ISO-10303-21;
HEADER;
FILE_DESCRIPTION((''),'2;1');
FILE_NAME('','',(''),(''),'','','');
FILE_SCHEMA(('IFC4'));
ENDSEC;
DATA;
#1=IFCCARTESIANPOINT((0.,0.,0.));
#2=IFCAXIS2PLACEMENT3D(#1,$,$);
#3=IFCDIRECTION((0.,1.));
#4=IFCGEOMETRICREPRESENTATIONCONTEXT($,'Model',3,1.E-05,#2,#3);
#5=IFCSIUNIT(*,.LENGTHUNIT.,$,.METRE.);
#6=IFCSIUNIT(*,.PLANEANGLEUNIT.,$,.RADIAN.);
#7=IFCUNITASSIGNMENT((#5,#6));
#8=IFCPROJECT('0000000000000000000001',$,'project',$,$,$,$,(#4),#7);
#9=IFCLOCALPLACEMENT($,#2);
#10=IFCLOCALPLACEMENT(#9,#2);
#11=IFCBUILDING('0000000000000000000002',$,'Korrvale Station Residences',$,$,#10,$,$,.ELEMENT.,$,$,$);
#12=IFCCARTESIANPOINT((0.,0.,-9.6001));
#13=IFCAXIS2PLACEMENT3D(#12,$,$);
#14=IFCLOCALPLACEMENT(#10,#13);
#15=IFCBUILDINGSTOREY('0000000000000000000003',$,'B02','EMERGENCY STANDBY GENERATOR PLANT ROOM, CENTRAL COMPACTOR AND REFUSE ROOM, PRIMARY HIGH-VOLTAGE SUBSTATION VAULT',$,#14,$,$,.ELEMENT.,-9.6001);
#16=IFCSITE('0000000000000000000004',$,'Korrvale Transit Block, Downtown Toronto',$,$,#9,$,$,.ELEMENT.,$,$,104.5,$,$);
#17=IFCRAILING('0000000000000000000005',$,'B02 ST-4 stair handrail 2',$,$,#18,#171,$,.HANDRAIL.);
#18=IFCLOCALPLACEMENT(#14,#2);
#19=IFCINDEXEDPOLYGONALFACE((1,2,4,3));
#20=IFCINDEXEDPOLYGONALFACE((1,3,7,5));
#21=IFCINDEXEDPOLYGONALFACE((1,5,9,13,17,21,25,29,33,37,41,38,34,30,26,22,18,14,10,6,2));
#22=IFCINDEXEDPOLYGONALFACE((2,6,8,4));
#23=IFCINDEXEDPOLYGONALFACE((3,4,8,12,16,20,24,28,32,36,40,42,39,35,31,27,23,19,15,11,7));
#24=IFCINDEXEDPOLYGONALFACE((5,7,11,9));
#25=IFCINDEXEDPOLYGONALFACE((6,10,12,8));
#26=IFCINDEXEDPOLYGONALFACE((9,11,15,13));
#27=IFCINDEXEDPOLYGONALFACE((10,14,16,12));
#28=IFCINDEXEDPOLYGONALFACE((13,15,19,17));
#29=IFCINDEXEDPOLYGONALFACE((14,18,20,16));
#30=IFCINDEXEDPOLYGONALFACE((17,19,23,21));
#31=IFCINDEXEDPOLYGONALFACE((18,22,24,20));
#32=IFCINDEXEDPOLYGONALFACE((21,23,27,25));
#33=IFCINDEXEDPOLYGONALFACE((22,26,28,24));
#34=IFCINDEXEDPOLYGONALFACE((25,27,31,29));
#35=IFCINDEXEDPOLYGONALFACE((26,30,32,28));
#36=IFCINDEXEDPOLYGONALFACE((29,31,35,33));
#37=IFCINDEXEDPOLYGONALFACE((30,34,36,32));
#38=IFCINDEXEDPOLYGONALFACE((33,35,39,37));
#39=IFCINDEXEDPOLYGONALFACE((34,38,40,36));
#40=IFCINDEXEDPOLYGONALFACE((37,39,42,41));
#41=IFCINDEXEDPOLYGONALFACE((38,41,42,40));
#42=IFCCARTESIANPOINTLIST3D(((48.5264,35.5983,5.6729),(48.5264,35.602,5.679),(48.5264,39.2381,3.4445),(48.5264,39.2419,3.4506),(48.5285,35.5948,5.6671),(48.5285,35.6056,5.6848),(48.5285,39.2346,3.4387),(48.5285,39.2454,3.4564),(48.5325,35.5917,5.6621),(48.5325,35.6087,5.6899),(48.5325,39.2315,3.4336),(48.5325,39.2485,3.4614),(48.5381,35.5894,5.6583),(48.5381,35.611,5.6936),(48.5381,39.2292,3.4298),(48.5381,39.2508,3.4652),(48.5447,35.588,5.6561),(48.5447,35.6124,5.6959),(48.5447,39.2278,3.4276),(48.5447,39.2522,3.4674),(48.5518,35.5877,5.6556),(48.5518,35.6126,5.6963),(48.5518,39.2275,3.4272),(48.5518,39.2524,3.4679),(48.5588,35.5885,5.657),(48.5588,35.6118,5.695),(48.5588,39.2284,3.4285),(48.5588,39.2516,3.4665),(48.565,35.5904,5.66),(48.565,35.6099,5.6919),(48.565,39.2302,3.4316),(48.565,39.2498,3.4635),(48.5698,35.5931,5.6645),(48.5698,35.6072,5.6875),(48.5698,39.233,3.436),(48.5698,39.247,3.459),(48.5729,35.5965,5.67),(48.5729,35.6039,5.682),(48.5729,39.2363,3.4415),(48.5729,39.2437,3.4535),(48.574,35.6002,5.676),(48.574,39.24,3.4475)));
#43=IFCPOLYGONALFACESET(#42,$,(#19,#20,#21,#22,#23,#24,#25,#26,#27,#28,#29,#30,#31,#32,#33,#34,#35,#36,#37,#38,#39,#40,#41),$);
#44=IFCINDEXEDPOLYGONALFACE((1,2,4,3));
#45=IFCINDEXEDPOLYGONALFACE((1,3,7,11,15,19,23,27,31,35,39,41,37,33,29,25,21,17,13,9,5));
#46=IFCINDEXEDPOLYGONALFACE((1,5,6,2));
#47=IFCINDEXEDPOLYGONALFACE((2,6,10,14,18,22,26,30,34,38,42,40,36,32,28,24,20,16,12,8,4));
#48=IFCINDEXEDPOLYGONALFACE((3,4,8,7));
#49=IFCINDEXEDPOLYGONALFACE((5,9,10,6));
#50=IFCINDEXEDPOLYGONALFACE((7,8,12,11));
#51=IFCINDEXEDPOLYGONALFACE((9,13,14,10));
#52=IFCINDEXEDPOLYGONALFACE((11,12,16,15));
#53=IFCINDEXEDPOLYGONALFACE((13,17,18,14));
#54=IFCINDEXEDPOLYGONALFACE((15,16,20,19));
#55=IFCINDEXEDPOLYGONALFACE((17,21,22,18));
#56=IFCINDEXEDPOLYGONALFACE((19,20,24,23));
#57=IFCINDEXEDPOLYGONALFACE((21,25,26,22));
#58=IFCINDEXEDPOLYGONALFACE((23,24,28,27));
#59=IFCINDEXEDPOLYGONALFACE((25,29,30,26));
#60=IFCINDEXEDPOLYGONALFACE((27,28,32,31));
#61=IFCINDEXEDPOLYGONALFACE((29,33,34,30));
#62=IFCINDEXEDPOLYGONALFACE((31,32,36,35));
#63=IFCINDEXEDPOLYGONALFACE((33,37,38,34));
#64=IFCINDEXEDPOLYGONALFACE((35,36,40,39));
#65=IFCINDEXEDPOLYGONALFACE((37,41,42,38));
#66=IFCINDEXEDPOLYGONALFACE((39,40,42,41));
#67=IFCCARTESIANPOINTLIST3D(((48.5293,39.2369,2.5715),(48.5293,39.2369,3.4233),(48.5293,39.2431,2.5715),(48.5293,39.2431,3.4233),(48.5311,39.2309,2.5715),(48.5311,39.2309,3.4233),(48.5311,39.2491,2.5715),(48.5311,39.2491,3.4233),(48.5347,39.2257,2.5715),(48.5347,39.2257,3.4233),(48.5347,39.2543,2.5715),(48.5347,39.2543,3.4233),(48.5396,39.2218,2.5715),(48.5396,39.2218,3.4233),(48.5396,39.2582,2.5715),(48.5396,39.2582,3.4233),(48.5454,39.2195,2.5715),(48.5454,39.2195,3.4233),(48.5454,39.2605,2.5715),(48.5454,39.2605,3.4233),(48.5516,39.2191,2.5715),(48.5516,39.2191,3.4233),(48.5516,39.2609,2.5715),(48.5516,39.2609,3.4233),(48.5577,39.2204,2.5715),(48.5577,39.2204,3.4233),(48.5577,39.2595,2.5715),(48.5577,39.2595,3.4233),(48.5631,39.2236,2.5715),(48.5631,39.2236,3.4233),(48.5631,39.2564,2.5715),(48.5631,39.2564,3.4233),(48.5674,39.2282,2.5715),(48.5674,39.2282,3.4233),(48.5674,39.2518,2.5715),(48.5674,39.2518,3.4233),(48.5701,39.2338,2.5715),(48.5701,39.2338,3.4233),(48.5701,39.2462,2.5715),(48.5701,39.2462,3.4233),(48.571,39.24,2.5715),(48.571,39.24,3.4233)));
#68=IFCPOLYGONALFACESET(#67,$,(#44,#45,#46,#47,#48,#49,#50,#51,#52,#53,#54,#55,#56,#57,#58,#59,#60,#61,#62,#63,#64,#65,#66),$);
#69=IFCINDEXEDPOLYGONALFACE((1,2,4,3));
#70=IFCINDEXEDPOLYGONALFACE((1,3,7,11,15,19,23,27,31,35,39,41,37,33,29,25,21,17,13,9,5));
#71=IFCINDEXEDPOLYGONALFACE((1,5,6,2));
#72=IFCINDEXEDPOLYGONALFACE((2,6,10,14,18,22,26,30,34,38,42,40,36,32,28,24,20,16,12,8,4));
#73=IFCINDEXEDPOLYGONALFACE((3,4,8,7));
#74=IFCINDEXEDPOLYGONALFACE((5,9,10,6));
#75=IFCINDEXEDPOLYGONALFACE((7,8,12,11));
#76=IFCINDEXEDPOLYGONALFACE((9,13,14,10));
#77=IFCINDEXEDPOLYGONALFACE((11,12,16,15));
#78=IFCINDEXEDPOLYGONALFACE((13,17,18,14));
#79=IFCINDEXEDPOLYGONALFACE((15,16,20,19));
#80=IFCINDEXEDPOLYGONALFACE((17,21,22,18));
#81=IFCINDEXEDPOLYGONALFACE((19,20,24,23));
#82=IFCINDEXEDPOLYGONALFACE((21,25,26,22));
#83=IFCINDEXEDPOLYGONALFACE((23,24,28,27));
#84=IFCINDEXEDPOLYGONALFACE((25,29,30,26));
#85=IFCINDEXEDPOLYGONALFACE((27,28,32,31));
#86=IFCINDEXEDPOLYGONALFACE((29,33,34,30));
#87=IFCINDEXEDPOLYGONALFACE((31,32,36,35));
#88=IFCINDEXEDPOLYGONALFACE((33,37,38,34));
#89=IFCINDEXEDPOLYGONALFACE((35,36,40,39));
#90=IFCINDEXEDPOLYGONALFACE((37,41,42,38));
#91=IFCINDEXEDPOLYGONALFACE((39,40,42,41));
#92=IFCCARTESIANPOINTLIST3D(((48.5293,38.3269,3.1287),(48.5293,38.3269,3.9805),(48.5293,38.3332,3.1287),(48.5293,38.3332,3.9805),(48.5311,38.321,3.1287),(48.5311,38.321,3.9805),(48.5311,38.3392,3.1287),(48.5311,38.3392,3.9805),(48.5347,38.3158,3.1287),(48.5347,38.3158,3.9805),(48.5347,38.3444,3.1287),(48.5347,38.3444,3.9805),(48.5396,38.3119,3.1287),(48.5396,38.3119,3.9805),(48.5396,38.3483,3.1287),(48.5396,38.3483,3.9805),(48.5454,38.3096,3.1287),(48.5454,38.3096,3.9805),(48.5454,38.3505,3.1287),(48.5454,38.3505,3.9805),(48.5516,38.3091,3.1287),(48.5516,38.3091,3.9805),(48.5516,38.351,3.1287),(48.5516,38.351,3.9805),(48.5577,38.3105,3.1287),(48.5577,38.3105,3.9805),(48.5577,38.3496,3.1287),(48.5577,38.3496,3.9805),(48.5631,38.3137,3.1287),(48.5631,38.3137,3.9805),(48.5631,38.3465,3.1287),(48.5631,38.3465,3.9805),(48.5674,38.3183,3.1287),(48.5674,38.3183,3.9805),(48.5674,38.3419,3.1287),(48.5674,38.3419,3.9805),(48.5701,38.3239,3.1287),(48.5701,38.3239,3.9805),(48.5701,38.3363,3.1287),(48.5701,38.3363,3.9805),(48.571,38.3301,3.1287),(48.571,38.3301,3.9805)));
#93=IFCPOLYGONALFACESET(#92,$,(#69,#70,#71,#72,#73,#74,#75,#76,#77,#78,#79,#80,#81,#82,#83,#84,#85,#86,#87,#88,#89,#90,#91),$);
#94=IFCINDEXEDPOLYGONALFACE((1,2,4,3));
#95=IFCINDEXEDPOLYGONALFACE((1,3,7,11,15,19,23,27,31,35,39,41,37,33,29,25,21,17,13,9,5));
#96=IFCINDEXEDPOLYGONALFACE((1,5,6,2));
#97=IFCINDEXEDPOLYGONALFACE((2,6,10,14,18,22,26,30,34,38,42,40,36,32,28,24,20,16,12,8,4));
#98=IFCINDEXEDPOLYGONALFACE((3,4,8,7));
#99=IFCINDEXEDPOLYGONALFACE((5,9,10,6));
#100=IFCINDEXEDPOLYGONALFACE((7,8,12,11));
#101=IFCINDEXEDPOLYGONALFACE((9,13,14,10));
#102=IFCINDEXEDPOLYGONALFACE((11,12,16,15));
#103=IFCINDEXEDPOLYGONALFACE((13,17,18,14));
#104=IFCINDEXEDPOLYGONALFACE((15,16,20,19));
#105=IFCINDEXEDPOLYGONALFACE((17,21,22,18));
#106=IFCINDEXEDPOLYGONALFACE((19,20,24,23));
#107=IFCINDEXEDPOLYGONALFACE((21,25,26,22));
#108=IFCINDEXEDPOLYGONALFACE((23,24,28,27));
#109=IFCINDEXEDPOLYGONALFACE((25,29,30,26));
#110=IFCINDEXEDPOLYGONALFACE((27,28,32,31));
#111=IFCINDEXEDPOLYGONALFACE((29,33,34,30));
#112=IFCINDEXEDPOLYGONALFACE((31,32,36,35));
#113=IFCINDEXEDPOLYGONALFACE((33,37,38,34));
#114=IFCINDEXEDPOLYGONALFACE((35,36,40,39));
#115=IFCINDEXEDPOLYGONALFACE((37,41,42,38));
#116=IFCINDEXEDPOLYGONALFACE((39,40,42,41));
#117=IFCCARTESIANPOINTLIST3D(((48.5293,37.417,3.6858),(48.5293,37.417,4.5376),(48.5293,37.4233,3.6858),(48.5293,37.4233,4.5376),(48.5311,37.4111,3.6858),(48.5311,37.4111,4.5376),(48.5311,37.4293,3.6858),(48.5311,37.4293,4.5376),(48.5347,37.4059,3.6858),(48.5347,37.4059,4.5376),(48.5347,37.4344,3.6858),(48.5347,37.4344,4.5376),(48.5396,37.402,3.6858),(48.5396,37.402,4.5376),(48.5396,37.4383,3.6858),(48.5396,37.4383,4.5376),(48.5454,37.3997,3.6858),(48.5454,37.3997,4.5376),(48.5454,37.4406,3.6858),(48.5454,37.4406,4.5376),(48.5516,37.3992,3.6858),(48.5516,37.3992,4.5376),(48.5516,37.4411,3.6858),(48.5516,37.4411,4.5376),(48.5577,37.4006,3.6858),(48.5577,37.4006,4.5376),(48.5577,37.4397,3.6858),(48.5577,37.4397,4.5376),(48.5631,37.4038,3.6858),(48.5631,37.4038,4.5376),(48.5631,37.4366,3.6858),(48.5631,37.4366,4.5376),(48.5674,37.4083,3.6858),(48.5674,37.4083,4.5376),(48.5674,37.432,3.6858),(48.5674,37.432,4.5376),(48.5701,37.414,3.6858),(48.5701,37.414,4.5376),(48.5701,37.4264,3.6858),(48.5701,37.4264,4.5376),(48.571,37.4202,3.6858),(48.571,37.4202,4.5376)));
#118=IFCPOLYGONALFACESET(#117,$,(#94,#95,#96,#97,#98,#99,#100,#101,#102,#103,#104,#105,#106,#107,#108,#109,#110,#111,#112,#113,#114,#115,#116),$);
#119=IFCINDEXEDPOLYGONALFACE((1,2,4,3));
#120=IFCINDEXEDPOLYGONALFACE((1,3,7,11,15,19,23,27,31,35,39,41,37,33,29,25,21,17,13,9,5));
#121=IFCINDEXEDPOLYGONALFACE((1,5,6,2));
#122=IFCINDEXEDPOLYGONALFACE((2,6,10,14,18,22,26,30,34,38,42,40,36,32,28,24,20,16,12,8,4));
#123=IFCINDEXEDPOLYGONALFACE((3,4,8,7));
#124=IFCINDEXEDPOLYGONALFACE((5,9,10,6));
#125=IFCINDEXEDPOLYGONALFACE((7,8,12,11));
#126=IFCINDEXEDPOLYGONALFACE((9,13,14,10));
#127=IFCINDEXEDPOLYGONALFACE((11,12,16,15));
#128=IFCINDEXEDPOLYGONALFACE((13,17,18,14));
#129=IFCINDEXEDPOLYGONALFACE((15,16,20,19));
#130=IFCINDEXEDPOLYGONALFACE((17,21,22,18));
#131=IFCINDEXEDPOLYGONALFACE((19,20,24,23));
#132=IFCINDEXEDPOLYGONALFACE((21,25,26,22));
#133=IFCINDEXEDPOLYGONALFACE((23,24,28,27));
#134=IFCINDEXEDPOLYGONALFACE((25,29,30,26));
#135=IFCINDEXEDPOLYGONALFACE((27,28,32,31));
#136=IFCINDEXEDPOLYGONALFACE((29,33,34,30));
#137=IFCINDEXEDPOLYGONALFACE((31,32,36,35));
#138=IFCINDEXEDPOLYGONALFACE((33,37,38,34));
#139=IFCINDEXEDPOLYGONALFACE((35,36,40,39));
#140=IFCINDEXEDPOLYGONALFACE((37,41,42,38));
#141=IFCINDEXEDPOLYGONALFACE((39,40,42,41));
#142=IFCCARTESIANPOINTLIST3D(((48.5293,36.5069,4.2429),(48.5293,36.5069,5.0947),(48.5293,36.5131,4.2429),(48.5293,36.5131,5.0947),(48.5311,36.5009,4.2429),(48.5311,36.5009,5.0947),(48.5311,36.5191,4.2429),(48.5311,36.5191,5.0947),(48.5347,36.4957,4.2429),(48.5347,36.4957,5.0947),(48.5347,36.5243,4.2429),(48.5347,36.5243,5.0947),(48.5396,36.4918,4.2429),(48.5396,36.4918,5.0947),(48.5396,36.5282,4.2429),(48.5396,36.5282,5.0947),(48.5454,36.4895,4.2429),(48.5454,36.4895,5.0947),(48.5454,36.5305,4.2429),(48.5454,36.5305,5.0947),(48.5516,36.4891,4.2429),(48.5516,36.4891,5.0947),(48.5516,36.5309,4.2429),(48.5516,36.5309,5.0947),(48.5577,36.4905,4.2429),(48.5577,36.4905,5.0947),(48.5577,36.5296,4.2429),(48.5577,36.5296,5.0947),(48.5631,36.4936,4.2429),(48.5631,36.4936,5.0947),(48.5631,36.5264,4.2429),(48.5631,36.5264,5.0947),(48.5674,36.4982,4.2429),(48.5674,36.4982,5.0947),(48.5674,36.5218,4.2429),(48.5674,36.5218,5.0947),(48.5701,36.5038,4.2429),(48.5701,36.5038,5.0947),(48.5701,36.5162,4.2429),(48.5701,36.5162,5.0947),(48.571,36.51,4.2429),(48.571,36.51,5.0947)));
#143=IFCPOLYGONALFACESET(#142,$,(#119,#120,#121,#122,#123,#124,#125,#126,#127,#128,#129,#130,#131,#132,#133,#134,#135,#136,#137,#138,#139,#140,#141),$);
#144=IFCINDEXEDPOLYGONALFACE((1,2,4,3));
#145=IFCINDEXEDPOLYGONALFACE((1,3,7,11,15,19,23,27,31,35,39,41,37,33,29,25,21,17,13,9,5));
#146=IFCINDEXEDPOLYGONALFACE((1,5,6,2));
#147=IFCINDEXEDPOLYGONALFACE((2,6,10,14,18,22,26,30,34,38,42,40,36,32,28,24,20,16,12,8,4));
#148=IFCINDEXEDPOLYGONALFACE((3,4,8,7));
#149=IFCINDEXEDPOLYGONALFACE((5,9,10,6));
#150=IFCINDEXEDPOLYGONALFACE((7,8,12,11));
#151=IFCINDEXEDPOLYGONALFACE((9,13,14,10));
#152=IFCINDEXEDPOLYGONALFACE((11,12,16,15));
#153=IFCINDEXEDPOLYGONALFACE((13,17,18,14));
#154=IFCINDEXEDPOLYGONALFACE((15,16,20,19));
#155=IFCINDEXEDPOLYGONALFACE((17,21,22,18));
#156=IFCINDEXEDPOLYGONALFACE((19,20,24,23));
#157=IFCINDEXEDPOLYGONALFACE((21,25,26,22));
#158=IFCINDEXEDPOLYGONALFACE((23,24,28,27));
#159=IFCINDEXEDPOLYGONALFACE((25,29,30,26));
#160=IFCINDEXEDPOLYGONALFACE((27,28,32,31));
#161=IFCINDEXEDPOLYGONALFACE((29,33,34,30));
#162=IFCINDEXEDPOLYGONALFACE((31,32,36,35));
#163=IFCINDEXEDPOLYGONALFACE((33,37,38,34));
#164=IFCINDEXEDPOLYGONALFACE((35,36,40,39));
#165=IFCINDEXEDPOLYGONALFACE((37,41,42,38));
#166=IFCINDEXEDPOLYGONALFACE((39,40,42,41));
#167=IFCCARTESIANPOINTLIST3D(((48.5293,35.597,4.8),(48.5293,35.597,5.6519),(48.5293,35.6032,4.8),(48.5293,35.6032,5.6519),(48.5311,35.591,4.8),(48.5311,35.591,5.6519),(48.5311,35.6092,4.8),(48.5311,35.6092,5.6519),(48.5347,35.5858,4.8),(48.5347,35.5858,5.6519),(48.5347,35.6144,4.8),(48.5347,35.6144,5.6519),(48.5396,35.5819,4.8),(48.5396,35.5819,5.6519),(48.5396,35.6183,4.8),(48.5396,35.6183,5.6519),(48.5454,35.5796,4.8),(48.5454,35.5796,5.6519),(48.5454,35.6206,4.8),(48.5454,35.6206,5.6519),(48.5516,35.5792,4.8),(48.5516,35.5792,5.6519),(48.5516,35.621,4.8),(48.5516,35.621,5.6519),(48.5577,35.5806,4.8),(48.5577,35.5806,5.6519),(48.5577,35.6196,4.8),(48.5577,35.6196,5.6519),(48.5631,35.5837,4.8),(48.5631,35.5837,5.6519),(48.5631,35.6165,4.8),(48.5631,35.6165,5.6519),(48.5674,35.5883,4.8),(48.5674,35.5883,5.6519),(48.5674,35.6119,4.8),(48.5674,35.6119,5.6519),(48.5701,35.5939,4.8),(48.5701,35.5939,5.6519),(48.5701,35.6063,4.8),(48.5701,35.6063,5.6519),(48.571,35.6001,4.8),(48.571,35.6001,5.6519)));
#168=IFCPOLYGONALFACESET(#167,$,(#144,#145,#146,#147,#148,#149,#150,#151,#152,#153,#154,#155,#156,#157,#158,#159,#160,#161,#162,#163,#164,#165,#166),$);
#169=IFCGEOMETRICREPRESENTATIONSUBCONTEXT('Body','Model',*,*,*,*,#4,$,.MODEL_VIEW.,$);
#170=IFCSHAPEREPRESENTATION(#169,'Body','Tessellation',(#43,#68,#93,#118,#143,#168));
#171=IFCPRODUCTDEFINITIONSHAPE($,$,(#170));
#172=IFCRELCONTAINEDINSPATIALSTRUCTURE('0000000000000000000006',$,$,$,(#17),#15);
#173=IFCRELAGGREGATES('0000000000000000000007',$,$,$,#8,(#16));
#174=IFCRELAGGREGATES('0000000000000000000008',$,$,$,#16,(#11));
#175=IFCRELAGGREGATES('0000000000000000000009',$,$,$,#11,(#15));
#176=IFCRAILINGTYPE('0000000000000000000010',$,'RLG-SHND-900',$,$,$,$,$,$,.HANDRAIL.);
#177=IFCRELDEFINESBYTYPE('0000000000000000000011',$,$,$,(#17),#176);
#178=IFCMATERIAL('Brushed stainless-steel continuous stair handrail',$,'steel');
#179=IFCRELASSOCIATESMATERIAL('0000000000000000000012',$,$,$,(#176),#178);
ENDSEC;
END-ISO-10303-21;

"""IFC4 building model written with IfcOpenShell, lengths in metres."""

from ifc_helpers import new_model, si_unit, direction, frame, origin, origin_2d, place, context, subcontext, project, spatial, circle, extrude, material, type_object, element, save


model = new_model("IFC4")

# Units and contexts
model_context = context("Model", 3, precision=1e-05, world=origin(), true_north=direction((0.0, 1.0)))
body_context = subcontext(model_context, "Body", "Model", "MODEL_VIEW")
ifc_project = project(units=[si_unit("LENGTHUNIT", "METRE"), si_unit("PLANEANGLEUNIT", "RADIAN")], contexts=[model_context])

# Site, building, storey
site_placement = place(None, origin())
site = spatial("IfcSite", under=ifc_project, at=site_placement, Name="Korrvale Transit Block, Downtown Toronto", CompositionType="ELEMENT", RefElevation=104.5)
building_placement = place(site_placement, origin())
building = spatial("IfcBuilding", under=site, at=building_placement, Name="Korrvale Station Residences", CompositionType="ELEMENT")
storey_placement = place(building_placement, frame((0.0, 0.0, -9.6001)))
storey = spatial("IfcBuildingStorey", under=building, at=storey_placement, Name="B02", Description="EMERGENCY STANDBY GENERATOR PLANT ROOM, CENTRAL COMPACTOR AND REFUSE ROOM, PRIMARY HIGH-VOLTAGE SUBSTATION VAULT", CompositionType="ELEMENT", Elevation=-9.6001)

# Railing
ifc_material_1 = material(Name="Brushed stainless-steel continuous stair handrail", Category="steel")
railing_type_1 = type_object("IfcRailingType", Name="RLG-SHND-900", PredefinedType="HANDRAIL", material=ifc_material_1)
railing_1_placement = place(storey_placement, frame((48.55, 39.24, 2.5715)))
element("IfcRailing", 1, at=railing_1_placement, inside=storey, type_object=railing_type_1, Name="B02 ST-4 stair handrail 2", PredefinedType="HANDRAIL", context=body_context, shape_type="SweptSolid", body=[
    extrude(circle(Radius=0.0239, at=origin_2d()), frame((0.0, 0.0, 0.876), z_axis=(0.0, -0.85285, 0.522156), x_axis=(1.0, 0.0, 0.0)), (0.0, 0.0, 1.0), 4.2678),
    extrude(circle(Radius=0.021, at=origin_2d()), origin(), (0.0, 0.0, 1.0), 0.8518),
    extrude(circle(Radius=0.021, at=origin_2d()), frame((0.0, -0.9099, 0.5571)), (0.0, 0.0, 1.0), 0.8518),
    extrude(circle(Radius=0.021, at=origin_2d()), frame((0.0, -1.8198, 1.1143)), (0.0, 0.0, 1.0), 0.8518),
    extrude(circle(Radius=0.021, at=origin_2d()), frame((0.0, -2.73, 1.6714)), (0.0, 0.0, 1.0), 0.8518),
    extrude(circle(Radius=0.021, at=origin_2d()), frame((0.0, -3.6399, 2.2285)), (0.0, 0.0, 1.0), 0.8518),
])

save(model, "model.ifc")
